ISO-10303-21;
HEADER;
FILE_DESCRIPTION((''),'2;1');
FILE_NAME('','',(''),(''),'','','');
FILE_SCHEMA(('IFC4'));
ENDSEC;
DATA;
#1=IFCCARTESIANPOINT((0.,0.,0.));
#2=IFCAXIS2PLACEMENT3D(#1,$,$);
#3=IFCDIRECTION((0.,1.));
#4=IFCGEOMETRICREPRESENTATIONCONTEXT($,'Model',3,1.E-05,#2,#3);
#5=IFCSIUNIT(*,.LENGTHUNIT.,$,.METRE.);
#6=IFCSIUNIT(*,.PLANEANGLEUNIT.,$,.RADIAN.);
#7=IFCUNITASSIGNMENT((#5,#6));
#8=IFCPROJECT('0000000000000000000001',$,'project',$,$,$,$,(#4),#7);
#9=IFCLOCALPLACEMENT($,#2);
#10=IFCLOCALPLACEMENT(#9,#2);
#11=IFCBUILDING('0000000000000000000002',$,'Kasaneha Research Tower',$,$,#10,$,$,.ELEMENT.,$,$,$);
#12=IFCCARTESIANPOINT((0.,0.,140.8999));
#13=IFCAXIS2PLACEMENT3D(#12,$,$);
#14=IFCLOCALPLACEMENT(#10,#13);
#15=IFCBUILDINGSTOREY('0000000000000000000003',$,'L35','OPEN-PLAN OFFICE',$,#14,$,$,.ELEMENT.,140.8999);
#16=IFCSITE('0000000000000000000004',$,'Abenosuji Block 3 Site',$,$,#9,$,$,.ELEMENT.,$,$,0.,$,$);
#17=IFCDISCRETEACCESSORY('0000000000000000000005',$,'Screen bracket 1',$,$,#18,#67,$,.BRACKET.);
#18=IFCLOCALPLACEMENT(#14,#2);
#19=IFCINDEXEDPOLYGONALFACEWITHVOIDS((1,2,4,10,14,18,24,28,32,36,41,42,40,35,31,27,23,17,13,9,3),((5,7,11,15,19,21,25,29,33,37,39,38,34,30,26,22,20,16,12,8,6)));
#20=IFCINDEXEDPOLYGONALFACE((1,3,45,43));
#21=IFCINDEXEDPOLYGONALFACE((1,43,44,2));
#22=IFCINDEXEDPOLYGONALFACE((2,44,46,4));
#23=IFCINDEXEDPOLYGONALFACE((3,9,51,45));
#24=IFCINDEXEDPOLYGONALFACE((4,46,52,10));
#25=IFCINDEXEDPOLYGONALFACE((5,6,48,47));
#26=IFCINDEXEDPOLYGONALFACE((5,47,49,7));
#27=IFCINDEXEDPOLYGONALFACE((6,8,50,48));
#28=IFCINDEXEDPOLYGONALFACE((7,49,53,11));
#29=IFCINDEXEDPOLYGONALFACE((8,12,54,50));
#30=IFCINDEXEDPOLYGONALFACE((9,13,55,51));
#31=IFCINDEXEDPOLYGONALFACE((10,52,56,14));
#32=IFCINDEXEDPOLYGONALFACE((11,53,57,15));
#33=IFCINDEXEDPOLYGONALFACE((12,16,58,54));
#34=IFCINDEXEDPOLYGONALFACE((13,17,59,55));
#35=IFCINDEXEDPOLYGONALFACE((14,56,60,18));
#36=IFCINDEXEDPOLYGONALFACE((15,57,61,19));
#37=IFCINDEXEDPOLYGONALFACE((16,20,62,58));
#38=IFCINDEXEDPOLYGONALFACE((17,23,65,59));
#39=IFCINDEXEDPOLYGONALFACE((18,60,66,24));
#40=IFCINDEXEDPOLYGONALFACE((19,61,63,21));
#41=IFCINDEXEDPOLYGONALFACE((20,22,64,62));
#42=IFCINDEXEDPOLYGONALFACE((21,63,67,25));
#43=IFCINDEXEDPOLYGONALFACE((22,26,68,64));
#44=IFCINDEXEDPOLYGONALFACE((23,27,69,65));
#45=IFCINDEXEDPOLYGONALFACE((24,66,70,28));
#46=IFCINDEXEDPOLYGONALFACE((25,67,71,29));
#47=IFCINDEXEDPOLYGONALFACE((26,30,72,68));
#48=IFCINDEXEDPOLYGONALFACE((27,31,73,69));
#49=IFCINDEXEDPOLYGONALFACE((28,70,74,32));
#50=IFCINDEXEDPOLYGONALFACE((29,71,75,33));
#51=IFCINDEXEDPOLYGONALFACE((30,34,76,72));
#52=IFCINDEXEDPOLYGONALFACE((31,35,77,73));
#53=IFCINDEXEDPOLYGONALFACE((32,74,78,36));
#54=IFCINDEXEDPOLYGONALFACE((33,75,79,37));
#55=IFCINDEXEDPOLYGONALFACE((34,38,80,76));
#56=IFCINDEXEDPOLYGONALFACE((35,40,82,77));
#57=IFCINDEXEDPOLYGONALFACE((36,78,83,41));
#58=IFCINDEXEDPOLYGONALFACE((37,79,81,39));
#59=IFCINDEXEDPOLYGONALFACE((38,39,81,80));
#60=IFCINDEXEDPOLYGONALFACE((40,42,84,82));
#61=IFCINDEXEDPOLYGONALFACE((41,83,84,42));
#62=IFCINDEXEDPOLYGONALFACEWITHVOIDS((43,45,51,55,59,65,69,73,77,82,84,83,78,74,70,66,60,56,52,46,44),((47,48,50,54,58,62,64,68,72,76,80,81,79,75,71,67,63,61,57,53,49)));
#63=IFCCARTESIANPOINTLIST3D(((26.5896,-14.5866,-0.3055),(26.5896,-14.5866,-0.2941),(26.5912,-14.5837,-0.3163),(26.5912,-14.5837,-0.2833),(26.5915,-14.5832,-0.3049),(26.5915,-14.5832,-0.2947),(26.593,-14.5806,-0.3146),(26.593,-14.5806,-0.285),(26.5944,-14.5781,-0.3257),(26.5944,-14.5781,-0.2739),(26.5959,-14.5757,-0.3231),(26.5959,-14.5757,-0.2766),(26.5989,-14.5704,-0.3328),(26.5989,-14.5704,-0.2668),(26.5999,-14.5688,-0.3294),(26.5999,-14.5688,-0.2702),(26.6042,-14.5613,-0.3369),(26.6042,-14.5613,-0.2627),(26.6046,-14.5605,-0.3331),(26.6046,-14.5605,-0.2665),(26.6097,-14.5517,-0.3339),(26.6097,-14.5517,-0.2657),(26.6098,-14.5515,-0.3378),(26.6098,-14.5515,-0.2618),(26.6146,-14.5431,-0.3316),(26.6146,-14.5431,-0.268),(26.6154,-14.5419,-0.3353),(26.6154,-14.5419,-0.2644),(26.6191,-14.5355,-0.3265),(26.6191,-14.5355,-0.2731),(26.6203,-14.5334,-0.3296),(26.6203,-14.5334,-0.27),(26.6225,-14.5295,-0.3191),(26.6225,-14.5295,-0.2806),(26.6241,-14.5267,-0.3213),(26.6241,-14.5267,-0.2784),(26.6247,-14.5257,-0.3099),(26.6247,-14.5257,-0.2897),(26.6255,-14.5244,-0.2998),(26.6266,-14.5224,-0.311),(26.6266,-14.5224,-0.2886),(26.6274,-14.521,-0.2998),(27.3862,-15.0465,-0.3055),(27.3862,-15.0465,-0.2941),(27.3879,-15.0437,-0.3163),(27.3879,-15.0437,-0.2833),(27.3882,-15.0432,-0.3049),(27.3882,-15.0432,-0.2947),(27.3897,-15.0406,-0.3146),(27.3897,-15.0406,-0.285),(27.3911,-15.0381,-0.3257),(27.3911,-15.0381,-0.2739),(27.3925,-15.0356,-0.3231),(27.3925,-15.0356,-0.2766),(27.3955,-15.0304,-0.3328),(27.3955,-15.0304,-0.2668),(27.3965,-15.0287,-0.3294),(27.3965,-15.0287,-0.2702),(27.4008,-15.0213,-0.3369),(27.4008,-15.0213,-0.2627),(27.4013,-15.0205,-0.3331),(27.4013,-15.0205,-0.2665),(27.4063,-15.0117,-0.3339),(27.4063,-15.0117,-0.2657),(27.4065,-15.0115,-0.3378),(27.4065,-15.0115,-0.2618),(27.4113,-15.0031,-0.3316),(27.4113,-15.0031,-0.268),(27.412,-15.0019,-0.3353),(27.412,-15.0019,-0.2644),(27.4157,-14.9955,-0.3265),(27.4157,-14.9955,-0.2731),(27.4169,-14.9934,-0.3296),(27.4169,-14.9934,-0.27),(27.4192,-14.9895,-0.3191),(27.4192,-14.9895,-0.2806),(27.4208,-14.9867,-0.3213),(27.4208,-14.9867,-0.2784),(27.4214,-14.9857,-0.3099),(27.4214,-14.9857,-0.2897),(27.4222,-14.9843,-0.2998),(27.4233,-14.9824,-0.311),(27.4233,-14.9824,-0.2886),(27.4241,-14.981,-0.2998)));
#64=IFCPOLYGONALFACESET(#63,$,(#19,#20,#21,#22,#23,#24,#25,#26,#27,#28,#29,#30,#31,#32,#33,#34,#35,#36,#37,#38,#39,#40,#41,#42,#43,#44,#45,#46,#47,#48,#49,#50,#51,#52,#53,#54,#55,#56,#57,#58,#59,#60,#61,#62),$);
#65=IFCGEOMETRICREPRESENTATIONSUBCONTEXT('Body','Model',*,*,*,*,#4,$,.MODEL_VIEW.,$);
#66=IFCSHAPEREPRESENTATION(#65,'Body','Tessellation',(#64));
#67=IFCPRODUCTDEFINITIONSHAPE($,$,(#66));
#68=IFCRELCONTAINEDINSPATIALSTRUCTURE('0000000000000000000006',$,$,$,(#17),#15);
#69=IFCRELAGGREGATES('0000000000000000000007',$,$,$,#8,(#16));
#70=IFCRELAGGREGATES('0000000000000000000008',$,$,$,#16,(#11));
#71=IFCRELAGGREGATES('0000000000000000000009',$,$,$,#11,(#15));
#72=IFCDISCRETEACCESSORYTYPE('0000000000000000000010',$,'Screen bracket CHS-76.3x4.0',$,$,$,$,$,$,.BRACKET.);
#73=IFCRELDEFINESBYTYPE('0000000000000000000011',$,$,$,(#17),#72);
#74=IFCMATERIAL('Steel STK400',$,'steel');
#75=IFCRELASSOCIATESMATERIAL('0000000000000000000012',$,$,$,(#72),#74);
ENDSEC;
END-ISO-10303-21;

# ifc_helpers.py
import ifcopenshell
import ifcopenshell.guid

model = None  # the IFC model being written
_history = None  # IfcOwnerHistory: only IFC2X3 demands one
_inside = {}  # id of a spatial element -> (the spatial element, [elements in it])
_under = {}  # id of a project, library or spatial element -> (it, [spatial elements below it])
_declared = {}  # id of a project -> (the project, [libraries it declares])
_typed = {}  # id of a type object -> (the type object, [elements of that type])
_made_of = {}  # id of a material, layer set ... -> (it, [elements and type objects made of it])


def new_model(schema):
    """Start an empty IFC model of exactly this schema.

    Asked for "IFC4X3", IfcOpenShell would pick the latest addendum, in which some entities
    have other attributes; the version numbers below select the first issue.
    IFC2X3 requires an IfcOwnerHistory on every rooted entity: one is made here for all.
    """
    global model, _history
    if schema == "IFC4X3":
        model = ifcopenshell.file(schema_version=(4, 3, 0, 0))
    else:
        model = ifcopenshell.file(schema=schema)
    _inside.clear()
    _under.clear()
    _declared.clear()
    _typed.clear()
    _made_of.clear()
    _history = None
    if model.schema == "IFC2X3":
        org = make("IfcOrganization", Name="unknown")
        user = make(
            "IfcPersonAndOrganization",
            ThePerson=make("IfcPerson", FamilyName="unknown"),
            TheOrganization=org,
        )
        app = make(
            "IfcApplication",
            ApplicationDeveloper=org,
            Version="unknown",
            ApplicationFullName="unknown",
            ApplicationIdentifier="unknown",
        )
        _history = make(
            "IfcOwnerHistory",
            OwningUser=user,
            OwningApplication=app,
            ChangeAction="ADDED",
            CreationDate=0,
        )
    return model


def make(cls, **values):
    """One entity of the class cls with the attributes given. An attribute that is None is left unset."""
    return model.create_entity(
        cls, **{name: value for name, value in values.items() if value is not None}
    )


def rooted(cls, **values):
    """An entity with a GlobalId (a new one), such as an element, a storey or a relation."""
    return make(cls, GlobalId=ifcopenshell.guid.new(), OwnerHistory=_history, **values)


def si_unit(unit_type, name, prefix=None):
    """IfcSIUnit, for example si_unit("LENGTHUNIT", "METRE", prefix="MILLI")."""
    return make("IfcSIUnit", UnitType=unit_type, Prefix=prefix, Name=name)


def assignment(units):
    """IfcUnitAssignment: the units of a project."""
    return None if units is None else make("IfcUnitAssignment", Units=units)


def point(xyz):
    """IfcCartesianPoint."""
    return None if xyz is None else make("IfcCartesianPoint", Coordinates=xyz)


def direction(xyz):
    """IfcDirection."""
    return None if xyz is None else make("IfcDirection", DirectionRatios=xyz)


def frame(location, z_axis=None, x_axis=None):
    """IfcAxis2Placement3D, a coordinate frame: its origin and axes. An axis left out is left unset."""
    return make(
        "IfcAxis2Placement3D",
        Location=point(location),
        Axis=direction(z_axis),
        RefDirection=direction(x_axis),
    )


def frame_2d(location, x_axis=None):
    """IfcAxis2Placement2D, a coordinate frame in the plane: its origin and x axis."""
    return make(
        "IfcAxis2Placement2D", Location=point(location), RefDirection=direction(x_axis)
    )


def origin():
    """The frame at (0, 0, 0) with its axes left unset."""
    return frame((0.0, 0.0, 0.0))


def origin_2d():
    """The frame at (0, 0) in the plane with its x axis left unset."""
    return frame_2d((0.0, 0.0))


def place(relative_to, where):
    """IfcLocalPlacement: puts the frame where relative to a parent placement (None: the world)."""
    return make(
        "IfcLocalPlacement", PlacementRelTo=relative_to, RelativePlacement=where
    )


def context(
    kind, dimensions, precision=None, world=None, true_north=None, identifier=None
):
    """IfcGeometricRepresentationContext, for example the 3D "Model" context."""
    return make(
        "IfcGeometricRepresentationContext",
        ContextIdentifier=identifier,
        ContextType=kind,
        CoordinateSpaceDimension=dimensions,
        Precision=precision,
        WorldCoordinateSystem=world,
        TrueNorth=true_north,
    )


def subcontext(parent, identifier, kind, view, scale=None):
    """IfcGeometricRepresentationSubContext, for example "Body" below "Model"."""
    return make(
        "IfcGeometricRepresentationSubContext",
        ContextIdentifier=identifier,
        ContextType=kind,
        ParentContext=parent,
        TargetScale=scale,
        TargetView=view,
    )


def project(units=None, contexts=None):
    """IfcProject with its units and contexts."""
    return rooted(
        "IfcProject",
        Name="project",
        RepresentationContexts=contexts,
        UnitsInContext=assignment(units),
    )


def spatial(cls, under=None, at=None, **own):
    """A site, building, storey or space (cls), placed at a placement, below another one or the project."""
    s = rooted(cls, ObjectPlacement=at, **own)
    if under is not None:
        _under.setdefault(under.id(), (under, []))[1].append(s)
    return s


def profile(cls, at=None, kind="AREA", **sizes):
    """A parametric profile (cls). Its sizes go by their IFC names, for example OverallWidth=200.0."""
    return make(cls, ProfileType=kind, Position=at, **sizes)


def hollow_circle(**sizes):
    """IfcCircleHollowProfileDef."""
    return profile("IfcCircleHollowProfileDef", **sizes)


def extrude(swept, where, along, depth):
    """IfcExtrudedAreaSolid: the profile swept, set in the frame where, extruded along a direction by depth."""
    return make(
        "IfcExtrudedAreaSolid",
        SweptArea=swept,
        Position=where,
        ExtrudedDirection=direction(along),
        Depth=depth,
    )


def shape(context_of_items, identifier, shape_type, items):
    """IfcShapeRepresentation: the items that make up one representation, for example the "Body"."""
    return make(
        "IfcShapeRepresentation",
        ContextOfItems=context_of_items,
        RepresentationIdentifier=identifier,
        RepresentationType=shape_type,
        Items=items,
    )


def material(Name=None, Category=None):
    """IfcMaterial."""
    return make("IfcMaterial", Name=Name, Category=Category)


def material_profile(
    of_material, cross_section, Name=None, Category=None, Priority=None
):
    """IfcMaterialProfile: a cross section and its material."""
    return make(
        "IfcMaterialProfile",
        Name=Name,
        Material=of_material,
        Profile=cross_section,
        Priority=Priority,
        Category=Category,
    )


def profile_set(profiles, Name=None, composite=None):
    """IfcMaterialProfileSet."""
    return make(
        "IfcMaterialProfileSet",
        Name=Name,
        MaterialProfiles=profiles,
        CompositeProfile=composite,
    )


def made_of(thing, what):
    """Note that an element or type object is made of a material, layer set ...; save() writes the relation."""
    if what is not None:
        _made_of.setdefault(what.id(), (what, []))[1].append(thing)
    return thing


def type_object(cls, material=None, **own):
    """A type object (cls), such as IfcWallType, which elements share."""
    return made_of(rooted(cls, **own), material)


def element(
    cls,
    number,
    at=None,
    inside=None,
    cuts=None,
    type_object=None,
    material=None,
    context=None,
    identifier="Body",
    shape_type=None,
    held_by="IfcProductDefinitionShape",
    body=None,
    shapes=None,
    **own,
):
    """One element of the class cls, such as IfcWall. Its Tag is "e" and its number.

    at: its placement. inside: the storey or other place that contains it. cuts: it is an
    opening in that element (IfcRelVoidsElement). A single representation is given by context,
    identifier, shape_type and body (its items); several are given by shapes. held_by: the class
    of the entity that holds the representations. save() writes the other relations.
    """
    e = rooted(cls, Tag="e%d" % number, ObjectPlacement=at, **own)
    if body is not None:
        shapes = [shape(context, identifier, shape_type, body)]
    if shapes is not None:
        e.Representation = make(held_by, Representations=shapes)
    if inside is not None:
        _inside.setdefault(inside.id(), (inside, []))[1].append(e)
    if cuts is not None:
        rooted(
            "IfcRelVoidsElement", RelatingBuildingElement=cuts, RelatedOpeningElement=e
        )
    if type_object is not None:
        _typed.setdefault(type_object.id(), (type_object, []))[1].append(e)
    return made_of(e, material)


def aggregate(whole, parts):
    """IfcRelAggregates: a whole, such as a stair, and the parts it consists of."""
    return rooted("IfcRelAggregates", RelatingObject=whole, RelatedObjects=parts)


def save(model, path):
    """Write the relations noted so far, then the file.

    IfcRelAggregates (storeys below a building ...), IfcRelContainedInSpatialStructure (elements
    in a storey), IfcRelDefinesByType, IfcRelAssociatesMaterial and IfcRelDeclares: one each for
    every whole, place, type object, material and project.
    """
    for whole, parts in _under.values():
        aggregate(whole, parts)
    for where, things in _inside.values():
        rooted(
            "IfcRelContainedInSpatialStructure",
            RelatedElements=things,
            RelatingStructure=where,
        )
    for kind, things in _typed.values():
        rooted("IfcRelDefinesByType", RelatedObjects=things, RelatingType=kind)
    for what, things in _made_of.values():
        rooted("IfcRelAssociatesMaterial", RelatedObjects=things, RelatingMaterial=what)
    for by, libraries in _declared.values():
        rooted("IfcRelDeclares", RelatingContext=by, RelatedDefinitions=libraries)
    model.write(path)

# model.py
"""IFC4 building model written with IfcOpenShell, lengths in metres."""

from ifc_helpers import new_model, si_unit, direction, frame, origin, origin_2d, place, context, subcontext, project, spatial, hollow_circle, extrude, material, material_profile, profile_set, type_object, element, save


model = new_model("IFC4")

# Units and contexts
model_context = context("Model", 3, precision=1e-05, world=origin(), true_north=direction((0.0, 1.0)))
body_context = subcontext(model_context, "Body", "Model", "MODEL_VIEW")
ifc_project = project(units=[si_unit("LENGTHUNIT", "METRE"), si_unit("PLANEANGLEUNIT", "RADIAN")], contexts=[model_context])

# Site, building, storey
site_placement = place(None, origin())
site = spatial("IfcSite", under=ifc_project, at=site_placement, Name="Abenosuji Block 3 Site", CompositionType="ELEMENT", RefElevation=0.0)
building_placement = place(site_placement, origin())
building = spatial("IfcBuilding", under=site, at=building_placement, Name="Kasaneha Research Tower", CompositionType="ELEMENT")
storey_placement = place(building_placement, frame((0.0, 0.0, 140.8999)))
storey = spatial("IfcBuildingStorey", under=building, at=storey_placement, Name="L35", Description="OPEN-PLAN OFFICE", CompositionType="ELEMENT", Elevation=140.8999)

# Discrete accessory
ifc_material_1 = material(Name="Steel STK400", Category="steel")
ifc_material_profile_1 = material_profile(ifc_material_1, hollow_circle(Radius=0.0381, WallThickness=0.0039, at=origin_2d()), Name="CHS-76.3x4.0")
ifc_profile_set_1 = profile_set([ifc_material_profile_1], Name="Steel STK400")
discrete_accessory_type = type_object("IfcDiscreteAccessoryType", Name="Screen bracket CHS-76.3x4.0", PredefinedType="BRACKET", material=ifc_profile_set_1)
for number, where, z_axis, x_axis, name in (
    (1, (26.6084, -14.554, -0.2998), (0.866013, -0.500021, 0.0), (0.500021, 0.866013, 0.0), "Screen bracket 1"),
):
    element("IfcDiscreteAccessory", number, at=place(storey_placement, frame(where, z_axis=z_axis, x_axis=x_axis)), inside=storey, type_object=discrete_accessory_type, Name=name, PredefinedType="BRACKET", context=body_context, shape_type="SweptSolid", body=[
        extrude(hollow_circle(Radius=0.0381, WallThickness=0.0039, at=origin_2d()), origin(), (0.0, 0.0, 1.0), 0.9199),
    ])

save(model, "model.ifc")
